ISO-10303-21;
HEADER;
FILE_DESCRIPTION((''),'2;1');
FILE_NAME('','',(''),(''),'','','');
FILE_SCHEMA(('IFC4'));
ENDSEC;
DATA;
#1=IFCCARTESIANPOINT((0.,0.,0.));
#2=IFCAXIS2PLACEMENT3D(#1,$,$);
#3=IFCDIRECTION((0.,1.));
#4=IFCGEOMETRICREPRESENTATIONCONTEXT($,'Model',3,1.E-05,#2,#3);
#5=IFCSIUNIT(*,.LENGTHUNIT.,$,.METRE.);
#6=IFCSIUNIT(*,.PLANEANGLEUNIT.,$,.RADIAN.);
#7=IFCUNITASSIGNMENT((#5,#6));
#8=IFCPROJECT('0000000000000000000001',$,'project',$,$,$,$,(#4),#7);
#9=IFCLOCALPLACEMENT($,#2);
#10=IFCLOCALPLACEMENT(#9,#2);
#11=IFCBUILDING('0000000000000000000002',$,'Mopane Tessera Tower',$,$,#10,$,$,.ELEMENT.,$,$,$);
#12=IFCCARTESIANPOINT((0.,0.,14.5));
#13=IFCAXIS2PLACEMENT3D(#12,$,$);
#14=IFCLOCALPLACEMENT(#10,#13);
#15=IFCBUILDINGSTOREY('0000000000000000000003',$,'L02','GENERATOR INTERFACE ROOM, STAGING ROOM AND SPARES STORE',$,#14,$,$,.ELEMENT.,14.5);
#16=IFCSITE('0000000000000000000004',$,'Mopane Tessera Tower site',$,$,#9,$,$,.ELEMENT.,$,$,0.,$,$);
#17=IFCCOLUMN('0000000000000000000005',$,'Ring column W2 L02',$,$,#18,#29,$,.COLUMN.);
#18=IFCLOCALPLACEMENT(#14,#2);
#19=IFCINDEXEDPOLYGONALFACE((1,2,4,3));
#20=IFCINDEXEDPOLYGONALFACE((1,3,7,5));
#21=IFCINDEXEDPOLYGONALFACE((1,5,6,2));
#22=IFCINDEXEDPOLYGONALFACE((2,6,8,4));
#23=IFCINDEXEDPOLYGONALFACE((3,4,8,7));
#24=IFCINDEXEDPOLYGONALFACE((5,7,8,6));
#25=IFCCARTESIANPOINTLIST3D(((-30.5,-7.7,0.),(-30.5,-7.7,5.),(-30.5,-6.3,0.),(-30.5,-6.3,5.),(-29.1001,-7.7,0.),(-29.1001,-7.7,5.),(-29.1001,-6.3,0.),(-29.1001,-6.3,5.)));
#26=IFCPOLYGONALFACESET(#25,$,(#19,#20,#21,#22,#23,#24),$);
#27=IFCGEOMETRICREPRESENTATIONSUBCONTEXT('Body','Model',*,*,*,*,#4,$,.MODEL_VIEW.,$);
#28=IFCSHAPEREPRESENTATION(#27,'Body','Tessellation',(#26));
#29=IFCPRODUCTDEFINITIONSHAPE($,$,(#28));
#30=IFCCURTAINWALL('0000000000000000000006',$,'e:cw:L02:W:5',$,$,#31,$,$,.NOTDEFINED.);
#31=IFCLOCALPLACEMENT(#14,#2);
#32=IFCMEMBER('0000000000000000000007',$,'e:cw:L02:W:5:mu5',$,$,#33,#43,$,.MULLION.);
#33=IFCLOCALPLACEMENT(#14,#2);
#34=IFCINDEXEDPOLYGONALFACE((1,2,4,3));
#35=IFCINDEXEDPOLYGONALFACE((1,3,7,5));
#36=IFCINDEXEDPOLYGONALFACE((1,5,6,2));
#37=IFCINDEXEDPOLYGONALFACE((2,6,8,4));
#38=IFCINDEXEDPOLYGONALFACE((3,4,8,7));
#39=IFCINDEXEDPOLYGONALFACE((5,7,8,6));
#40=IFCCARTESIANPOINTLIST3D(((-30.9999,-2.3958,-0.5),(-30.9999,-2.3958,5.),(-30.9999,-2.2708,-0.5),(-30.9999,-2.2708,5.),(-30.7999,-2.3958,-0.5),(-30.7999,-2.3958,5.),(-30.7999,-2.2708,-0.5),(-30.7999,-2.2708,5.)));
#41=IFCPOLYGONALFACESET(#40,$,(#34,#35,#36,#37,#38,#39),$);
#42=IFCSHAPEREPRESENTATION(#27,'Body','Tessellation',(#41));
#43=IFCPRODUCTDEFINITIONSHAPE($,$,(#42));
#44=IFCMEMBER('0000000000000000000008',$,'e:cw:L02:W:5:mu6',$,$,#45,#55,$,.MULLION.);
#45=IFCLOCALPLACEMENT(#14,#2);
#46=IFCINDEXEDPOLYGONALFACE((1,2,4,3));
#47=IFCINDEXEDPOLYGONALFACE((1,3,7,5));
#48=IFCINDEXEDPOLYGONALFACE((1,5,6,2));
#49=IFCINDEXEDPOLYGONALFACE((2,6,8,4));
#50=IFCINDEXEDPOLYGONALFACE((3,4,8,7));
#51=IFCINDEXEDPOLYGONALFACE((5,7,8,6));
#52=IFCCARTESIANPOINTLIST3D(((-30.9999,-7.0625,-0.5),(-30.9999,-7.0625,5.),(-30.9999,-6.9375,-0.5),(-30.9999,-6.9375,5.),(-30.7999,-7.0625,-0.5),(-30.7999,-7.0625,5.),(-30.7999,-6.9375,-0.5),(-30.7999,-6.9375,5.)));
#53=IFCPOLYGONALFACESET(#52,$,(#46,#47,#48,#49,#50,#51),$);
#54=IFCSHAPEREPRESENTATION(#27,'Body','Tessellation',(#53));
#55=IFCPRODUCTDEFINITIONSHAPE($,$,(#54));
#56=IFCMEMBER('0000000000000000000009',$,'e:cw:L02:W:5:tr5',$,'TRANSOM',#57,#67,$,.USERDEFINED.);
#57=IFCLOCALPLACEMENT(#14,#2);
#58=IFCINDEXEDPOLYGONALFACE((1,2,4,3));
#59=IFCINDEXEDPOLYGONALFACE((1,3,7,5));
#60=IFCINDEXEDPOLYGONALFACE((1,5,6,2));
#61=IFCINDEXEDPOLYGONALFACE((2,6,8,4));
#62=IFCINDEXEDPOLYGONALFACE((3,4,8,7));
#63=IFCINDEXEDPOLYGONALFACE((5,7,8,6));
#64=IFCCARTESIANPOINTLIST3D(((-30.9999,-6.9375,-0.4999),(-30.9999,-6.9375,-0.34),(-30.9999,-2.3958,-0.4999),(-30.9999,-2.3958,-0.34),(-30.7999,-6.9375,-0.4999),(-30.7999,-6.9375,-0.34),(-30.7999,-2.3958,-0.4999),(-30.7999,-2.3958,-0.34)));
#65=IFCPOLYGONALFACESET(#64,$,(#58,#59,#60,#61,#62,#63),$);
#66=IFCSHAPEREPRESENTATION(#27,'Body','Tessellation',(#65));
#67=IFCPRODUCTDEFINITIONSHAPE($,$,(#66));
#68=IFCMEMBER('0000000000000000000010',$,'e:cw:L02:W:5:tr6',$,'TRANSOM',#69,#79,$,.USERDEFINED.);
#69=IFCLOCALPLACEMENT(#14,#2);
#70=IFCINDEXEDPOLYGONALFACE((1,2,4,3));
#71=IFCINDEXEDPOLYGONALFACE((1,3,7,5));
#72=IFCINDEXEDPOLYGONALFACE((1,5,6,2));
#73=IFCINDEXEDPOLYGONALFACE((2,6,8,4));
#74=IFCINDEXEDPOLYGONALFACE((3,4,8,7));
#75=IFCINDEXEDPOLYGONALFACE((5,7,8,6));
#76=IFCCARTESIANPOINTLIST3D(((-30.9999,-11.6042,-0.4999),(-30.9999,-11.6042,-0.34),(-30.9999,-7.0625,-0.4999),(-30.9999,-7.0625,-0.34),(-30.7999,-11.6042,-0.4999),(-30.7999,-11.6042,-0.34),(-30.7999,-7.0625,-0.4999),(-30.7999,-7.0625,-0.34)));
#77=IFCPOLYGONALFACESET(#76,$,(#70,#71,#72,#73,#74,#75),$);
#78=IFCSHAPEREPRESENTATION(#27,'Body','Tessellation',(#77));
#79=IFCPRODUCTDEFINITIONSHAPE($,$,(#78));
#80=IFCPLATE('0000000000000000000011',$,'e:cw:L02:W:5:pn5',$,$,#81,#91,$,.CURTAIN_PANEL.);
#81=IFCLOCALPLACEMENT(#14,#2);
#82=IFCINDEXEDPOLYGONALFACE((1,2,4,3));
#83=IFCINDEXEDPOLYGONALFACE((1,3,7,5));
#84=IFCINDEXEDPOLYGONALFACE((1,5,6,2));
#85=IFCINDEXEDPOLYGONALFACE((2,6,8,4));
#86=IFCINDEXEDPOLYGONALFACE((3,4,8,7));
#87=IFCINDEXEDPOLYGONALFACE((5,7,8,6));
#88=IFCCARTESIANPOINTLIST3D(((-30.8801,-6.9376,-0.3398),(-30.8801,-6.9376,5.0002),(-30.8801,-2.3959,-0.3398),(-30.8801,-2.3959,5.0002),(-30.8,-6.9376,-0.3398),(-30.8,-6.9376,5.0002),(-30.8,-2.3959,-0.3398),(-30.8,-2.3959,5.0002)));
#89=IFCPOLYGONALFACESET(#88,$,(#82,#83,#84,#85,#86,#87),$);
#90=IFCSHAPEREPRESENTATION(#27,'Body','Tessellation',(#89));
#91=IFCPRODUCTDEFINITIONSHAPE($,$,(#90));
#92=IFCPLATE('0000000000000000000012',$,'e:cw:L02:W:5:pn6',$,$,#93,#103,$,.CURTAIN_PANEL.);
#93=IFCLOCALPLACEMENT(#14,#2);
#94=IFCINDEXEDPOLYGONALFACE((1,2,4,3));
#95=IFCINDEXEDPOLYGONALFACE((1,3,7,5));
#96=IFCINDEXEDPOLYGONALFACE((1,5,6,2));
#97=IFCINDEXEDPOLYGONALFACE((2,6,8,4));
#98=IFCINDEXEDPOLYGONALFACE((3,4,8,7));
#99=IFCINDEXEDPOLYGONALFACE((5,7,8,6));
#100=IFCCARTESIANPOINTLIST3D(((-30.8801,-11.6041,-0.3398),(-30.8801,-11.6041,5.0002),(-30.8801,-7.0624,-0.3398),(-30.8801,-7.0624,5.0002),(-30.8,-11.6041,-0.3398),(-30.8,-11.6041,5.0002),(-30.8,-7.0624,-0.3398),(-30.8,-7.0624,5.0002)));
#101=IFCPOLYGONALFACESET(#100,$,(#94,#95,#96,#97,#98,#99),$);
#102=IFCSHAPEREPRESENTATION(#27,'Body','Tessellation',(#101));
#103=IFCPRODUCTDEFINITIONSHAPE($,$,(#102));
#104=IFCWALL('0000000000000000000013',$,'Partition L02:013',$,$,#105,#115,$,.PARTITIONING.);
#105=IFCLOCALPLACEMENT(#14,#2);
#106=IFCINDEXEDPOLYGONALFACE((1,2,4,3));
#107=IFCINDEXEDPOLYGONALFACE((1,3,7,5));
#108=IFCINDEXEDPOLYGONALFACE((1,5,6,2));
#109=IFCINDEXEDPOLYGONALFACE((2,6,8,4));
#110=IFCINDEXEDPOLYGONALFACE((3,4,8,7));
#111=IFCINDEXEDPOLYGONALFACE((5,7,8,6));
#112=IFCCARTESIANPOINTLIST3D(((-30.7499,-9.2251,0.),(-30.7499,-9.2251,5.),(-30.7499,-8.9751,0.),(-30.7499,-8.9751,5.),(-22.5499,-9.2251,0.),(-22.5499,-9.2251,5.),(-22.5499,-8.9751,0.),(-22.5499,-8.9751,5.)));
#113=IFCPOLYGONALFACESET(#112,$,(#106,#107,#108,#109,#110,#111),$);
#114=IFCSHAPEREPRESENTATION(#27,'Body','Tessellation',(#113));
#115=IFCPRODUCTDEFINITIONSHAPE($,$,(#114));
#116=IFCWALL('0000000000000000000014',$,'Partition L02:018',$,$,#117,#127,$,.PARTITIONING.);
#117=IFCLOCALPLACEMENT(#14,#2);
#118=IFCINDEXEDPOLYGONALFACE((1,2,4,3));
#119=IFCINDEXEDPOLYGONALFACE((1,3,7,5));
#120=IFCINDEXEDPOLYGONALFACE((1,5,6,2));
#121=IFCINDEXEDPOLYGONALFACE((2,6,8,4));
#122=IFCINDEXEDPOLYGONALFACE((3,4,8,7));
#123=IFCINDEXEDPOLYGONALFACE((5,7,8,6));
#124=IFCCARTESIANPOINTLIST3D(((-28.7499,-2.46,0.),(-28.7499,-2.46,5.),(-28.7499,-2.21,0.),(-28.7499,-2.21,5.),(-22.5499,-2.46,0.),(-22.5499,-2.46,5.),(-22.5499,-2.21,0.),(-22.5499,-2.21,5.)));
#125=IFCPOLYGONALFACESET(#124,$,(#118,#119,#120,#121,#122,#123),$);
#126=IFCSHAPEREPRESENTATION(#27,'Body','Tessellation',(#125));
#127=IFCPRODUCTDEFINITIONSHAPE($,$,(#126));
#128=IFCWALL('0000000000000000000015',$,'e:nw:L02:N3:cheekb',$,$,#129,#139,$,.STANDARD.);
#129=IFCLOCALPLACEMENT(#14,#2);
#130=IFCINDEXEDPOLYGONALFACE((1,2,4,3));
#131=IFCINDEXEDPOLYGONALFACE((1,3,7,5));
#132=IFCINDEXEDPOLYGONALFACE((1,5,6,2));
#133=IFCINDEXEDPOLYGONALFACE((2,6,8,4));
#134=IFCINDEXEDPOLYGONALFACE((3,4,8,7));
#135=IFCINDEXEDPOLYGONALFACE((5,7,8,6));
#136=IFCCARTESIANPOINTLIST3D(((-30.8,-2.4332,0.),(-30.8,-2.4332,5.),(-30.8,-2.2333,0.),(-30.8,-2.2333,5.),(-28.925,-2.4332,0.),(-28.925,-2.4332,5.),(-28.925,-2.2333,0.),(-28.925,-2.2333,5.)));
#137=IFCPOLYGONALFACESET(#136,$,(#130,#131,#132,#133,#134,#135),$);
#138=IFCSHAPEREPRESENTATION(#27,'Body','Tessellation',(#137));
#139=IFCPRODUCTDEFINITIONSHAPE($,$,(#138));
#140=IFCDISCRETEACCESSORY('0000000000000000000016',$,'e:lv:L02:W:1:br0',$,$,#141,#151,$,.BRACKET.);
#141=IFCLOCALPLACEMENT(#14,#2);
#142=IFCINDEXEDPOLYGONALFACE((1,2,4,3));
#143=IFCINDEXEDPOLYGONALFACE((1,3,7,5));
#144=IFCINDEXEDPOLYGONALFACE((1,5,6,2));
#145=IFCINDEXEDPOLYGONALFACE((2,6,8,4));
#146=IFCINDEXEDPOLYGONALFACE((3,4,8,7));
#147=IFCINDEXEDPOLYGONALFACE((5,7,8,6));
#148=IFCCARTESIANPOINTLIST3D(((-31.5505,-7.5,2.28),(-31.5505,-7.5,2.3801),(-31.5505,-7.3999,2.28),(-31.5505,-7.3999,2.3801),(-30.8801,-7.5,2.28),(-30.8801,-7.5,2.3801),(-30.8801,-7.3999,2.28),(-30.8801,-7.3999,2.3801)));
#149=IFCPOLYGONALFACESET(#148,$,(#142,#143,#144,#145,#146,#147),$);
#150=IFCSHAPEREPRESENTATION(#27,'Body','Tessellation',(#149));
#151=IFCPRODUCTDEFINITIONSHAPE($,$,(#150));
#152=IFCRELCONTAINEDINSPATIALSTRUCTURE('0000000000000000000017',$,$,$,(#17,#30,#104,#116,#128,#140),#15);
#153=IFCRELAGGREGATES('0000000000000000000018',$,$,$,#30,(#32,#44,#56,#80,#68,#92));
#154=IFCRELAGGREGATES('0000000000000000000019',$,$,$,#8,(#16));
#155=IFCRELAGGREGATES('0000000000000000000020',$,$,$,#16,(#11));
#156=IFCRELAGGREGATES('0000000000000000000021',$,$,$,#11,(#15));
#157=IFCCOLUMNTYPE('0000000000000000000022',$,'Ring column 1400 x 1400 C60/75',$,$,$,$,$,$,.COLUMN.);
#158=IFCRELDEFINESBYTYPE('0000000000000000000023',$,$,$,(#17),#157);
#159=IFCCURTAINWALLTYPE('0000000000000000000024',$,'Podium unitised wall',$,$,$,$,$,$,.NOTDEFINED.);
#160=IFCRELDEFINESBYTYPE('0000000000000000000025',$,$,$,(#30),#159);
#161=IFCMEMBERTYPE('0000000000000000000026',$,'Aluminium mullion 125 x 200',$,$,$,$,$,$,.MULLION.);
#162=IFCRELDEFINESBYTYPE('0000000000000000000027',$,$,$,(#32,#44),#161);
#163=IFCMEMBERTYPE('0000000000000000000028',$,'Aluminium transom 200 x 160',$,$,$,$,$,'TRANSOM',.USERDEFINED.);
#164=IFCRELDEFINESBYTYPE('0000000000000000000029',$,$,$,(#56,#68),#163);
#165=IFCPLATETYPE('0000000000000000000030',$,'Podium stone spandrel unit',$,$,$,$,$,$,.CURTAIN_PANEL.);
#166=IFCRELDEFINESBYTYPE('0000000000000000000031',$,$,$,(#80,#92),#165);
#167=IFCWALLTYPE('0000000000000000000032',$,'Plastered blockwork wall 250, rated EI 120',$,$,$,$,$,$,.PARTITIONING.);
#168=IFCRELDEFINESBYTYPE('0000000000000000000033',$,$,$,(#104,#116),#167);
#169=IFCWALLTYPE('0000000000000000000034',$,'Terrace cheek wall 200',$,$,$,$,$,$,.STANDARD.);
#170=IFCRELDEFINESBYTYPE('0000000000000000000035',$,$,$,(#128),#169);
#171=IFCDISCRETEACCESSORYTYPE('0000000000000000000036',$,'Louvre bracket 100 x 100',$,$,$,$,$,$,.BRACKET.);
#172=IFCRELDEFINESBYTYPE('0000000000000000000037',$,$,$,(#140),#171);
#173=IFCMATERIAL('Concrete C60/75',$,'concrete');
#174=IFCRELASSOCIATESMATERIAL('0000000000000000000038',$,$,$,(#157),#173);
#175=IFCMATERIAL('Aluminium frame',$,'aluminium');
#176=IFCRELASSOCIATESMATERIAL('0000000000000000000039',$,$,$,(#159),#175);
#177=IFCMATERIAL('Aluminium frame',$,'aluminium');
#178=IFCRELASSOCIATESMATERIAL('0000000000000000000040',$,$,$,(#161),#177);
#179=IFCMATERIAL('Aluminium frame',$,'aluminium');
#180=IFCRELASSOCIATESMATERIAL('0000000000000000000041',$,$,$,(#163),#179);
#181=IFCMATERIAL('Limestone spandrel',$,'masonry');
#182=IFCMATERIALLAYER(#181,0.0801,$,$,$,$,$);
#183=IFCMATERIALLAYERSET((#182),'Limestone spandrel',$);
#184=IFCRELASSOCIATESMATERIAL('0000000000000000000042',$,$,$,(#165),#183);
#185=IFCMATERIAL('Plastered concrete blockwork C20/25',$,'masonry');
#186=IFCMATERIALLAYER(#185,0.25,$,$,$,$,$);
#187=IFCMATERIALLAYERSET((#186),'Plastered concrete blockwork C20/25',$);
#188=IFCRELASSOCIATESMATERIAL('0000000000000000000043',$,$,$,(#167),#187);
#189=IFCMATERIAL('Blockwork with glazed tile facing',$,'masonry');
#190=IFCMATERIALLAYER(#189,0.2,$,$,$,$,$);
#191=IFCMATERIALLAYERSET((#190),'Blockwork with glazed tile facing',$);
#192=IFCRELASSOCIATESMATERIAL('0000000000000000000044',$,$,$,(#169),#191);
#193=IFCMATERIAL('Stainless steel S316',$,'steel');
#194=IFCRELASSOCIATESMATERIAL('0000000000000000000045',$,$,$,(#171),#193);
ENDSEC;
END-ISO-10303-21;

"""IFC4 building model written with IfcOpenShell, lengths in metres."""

from ifc_helpers import new_model, si_unit, direction, frame, frame_2d, origin, origin_2d, place, context, subcontext, project, spatial, rectangle, extrude, material, layer, layer_set, material_profile, profile_set, type_object, element, aggregate, save


model = new_model("IFC4")

# Units and contexts
model_context = context("Model", 3, precision=1e-05, world=origin(), true_north=direction((0.0, 1.0)))
body_context = subcontext(model_context, "Body", "Model", "MODEL_VIEW")
ifc_project = project(units=[si_unit("LENGTHUNIT", "METRE"), si_unit("PLANEANGLEUNIT", "RADIAN")], contexts=[model_context])

# Site, building, storey
site_placement = place(None, origin())
site = spatial("IfcSite", under=ifc_project, at=site_placement, Name="Mopane Tessera Tower site", CompositionType="ELEMENT", RefElevation=0.0)
building_placement = place(site_placement, origin())
building = spatial("IfcBuilding", under=site, at=building_placement, Name="Mopane Tessera Tower", CompositionType="ELEMENT")
storey_placement = place(building_placement, frame((0.0, 0.0, 14.5)))
storey = spatial("IfcBuildingStorey", under=building, at=storey_placement, Name="L02", Description="GENERATOR INTERFACE ROOM, STAGING ROOM AND SPARES STORE", CompositionType="ELEMENT", Elevation=14.5)

# Column
ifc_material_1 = material(Name="Concrete C60/75", Category="concrete")
ifc_material_profile_1 = material_profile(ifc_material_1, rectangle(XDim=1.3999, YDim=1.3999, at=origin_2d()))
ifc_profile_set_1 = profile_set([ifc_material_profile_1], Name="Concrete C60/75")
column_type = type_object("IfcColumnType", Name="Ring column 1400 x 1400 C60/75", PredefinedType="COLUMN", material=ifc_profile_set_1)
column_placement = place(storey_placement, frame((-29.8, -7.0, 0.0), z_axis=(0.0, 0.0, 1.0), x_axis=(1.0, 0.0, 0.0)))
element("IfcColumn", 1, at=column_placement, inside=storey, type_object=column_type, Name="Ring column W2 L02", PredefinedType="COLUMN", context=body_context, shape_type="SweptSolid", body=[
    extrude(rectangle(XDim=1.3999, YDim=1.3999, at=origin_2d()), origin(), (0.0, 0.0, 1.0), 5.0),
])

# Curtain wall, members, plates
ifc_material_2 = material(Name="Aluminium frame", Category="aluminium")
curtain_wall_type = type_object("IfcCurtainWallType", Name="Podium unitised wall", PredefinedType="NOTDEFINED", material=ifc_material_2)
curtain_wall_placement = place(storey_placement, origin())
curtain_wall = element("IfcCurtainWall", 2, at=curtain_wall_placement, inside=storey, type_object=curtain_wall_type, Name="e:cw:L02:W:5", PredefinedType="NOTDEFINED")
ifc_material_3 = material(Name="Aluminium frame", Category="aluminium")
ifc_material_profile_2 = material_profile(ifc_material_3, rectangle(XDim=0.125, YDim=0.2, at=origin_2d()))
ifc_profile_set_2 = profile_set([ifc_material_profile_2], Name="Aluminium frame")
member_type_1 = type_object("IfcMemberType", Name="Aluminium mullion 125 x 200", PredefinedType="MULLION", material=ifc_profile_set_2)
member_1_placement = place(storey_placement, frame((-30.8999, -2.3333, -0.5), z_axis=(0.0, 0.0, 1.0), x_axis=(0.0, -1.0, 0.0)))
member_1 = element("IfcMember", 3, at=member_1_placement, type_object=member_type_1, Name="e:cw:L02:W:5:mu5", PredefinedType="MULLION", context=body_context, shape_type="SweptSolid", body=[
    extrude(rectangle(XDim=0.125, YDim=0.2, at=origin_2d()), origin(), (0.0, 0.0, 1.0), 5.5),
])
member_2_placement = place(storey_placement, frame((-30.8999, -7.0, -0.5), z_axis=(0.0, 0.0, 1.0), x_axis=(0.0, -1.0, 0.0)))
member_2 = element("IfcMember", 4, at=member_2_placement, type_object=member_type_1, Name="e:cw:L02:W:5:mu6", PredefinedType="MULLION", context=body_context, shape_type="SweptSolid", body=[
    extrude(rectangle(XDim=0.125, YDim=0.2, at=origin_2d()), origin(), (0.0, 0.0, 1.0), 5.5),
])
ifc_material_4 = material(Name="Aluminium frame", Category="aluminium")
ifc_material_profile_3 = material_profile(ifc_material_4, rectangle(XDim=0.2, YDim=0.1599, at=origin_2d()))
ifc_profile_set_3 = profile_set([ifc_material_profile_3], Name="Aluminium frame")
member_type_2 = type_object("IfcMemberType", Name="Aluminium transom 200 x 160", ElementType="TRANSOM", PredefinedType="USERDEFINED", material=ifc_profile_set_3)
member_3_placement = place(storey_placement, frame((-30.8999, -2.3958, -0.4199), z_axis=(0.0, -1.0, 0.0), x_axis=(1.0, 0.0, 0.0)))
member_3 = element("IfcMember", 5, at=member_3_placement, type_object=member_type_2, Name="e:cw:L02:W:5:tr5", ObjectType="TRANSOM", PredefinedType="USERDEFINED", context=body_context, shape_type="SweptSolid", body=[
    extrude(rectangle(XDim=0.2, YDim=0.1599, at=origin_2d()), origin(), (0.0, 0.0, 1.0), 4.5417),
])
member_4_placement = place(storey_placement, frame((-30.8999, -7.0625, -0.4199), z_axis=(0.0, -1.0, 0.0), x_axis=(1.0, 0.0, 0.0)))
member_4 = element("IfcMember", 6, at=member_4_placement, type_object=member_type_2, Name="e:cw:L02:W:5:tr6", ObjectType="TRANSOM", PredefinedType="USERDEFINED", context=body_context, shape_type="SweptSolid", body=[
    extrude(rectangle(XDim=0.2, YDim=0.1599, at=origin_2d()), origin(), (0.0, 0.0, 1.0), 4.5417),
])
ifc_material_5 = material(Name="Limestone spandrel", Category="masonry")
ifc_layer_1 = layer(ifc_material_5, 0.0801)
ifc_layer_set_1 = layer_set([ifc_layer_1], Name="Limestone spandrel")
plate_type = type_object("IfcPlateType", Name="Podium stone spandrel unit", PredefinedType="CURTAIN_PANEL", material=ifc_layer_set_1)
plate_1_placement = place(storey_placement, frame((-30.8401, -4.6667, -0.3398), z_axis=(0.0, 0.0, 1.0), x_axis=(0.0, -1.0, 0.0)))
plate_1 = element("IfcPlate", 7, at=plate_1_placement, type_object=plate_type, Name="e:cw:L02:W:5:pn5", PredefinedType="CURTAIN_PANEL", context=body_context, shape_type="SweptSolid", body=[
    extrude(rectangle(XDim=4.5417, YDim=0.0801, at=origin_2d()), origin(), (0.0, 0.0, 1.0), 5.3401),
])
plate_2_placement = place(storey_placement, frame((-30.8401, -9.3333, -0.3398), z_axis=(0.0, 0.0, 1.0), x_axis=(0.0, -1.0, 0.0)))
plate_2 = element("IfcPlate", 8, at=plate_2_placement, type_object=plate_type, Name="e:cw:L02:W:5:pn6", PredefinedType="CURTAIN_PANEL", context=body_context, shape_type="SweptSolid", body=[
    extrude(rectangle(XDim=4.5417, YDim=0.0801, at=origin_2d()), origin(), (0.0, 0.0, 1.0), 5.3401),
])
aggregate(curtain_wall, [member_1, member_2, member_3, plate_1, member_4, plate_2])

# Walls
ifc_material_6 = material(Name="Plastered concrete blockwork C20/25", Category="masonry")
ifc_layer_2 = layer(ifc_material_6, 0.25)
ifc_layer_set_2 = layer_set([ifc_layer_2], Name="Plastered concrete blockwork C20/25")
wall_type_1 = type_object("IfcWallType", Name="Plastered blockwork wall 250, rated EI 120", PredefinedType="PARTITIONING", material=ifc_layer_set_2)
wall_1_placement = place(storey_placement, frame((-30.75, -9.1001, 0.0), z_axis=(0.0, 0.0, 1.0), x_axis=(1.0, 0.0, 0.0)))
element("IfcWall", 9, at=wall_1_placement, inside=storey, type_object=wall_type_1, Name="Partition L02:013", PredefinedType="PARTITIONING", context=body_context, shape_type="SweptSolid", body=[
    extrude(rectangle(XDim=8.2, YDim=0.25, at=frame_2d((4.1001, 0.0))), origin(), (0.0, 0.0, 1.0), 5.0),
])
wall_2_placement = place(storey_placement, frame((-28.75, -2.335, 0.0), z_axis=(0.0, 0.0, 1.0), x_axis=(1.0, 0.0, 0.0)))
element("IfcWall", 10, at=wall_2_placement, inside=storey, type_object=wall_type_1, Name="Partition L02:018", PredefinedType="PARTITIONING", context=body_context, shape_type="SweptSolid", body=[
    extrude(rectangle(XDim=6.2, YDim=0.25, at=frame_2d((3.1001, 0.0))), origin(), (0.0, 0.0, 1.0), 5.0),
])
ifc_material_7 = material(Name="Blockwork with glazed tile facing", Category="masonry")
ifc_layer_3 = layer(ifc_material_7, 0.2)
ifc_layer_set_3 = layer_set([ifc_layer_3], Name="Blockwork with glazed tile facing")
wall_type_2 = type_object("IfcWallType", Name="Terrace cheek wall 200", PredefinedType="STANDARD", material=ifc_layer_set_3)
wall_3_placement = place(storey_placement, frame((-30.8, -2.3333, 0.0), z_axis=(0.0, 0.0, 1.0), x_axis=(1.0, 0.0, 0.0)))
element("IfcWall", 11, at=wall_3_placement, inside=storey, type_object=wall_type_2, Name="e:nw:L02:N3:cheekb", PredefinedType="STANDARD", context=body_context, shape_type="SweptSolid", body=[
    extrude(rectangle(XDim=1.875, YDim=0.2, at=frame_2d((0.9375, 0.0))), origin(), (0.0, 0.0, 1.0), 5.0),
])

# Discrete accessory
ifc_material_8 = material(Name="Stainless steel S316", Category="steel")
discrete_accessory_type = type_object("IfcDiscreteAccessoryType", Name="Louvre bracket 100 x 100", PredefinedType="BRACKET", material=ifc_material_8)
discrete_accessory_placement = place(storey_placement, frame((-31.2153, -7.45, 2.28), z_axis=(0.0, 0.0, 1.0), x_axis=(-1.0, 0.0, 0.0)))
element("IfcDiscreteAccessory", 12, at=discrete_accessory_placement, inside=storey, type_object=discrete_accessory_type, Name="e:lv:L02:W:1:br0", PredefinedType="BRACKET", context=body_context, shape_type="SweptSolid", body=[
    extrude(rectangle(XDim=0.6704, YDim=0.1001, at=origin_2d()), origin(), (0.0, 0.0, 1.0), 0.1001),
])

save(model, "model.ifc")
